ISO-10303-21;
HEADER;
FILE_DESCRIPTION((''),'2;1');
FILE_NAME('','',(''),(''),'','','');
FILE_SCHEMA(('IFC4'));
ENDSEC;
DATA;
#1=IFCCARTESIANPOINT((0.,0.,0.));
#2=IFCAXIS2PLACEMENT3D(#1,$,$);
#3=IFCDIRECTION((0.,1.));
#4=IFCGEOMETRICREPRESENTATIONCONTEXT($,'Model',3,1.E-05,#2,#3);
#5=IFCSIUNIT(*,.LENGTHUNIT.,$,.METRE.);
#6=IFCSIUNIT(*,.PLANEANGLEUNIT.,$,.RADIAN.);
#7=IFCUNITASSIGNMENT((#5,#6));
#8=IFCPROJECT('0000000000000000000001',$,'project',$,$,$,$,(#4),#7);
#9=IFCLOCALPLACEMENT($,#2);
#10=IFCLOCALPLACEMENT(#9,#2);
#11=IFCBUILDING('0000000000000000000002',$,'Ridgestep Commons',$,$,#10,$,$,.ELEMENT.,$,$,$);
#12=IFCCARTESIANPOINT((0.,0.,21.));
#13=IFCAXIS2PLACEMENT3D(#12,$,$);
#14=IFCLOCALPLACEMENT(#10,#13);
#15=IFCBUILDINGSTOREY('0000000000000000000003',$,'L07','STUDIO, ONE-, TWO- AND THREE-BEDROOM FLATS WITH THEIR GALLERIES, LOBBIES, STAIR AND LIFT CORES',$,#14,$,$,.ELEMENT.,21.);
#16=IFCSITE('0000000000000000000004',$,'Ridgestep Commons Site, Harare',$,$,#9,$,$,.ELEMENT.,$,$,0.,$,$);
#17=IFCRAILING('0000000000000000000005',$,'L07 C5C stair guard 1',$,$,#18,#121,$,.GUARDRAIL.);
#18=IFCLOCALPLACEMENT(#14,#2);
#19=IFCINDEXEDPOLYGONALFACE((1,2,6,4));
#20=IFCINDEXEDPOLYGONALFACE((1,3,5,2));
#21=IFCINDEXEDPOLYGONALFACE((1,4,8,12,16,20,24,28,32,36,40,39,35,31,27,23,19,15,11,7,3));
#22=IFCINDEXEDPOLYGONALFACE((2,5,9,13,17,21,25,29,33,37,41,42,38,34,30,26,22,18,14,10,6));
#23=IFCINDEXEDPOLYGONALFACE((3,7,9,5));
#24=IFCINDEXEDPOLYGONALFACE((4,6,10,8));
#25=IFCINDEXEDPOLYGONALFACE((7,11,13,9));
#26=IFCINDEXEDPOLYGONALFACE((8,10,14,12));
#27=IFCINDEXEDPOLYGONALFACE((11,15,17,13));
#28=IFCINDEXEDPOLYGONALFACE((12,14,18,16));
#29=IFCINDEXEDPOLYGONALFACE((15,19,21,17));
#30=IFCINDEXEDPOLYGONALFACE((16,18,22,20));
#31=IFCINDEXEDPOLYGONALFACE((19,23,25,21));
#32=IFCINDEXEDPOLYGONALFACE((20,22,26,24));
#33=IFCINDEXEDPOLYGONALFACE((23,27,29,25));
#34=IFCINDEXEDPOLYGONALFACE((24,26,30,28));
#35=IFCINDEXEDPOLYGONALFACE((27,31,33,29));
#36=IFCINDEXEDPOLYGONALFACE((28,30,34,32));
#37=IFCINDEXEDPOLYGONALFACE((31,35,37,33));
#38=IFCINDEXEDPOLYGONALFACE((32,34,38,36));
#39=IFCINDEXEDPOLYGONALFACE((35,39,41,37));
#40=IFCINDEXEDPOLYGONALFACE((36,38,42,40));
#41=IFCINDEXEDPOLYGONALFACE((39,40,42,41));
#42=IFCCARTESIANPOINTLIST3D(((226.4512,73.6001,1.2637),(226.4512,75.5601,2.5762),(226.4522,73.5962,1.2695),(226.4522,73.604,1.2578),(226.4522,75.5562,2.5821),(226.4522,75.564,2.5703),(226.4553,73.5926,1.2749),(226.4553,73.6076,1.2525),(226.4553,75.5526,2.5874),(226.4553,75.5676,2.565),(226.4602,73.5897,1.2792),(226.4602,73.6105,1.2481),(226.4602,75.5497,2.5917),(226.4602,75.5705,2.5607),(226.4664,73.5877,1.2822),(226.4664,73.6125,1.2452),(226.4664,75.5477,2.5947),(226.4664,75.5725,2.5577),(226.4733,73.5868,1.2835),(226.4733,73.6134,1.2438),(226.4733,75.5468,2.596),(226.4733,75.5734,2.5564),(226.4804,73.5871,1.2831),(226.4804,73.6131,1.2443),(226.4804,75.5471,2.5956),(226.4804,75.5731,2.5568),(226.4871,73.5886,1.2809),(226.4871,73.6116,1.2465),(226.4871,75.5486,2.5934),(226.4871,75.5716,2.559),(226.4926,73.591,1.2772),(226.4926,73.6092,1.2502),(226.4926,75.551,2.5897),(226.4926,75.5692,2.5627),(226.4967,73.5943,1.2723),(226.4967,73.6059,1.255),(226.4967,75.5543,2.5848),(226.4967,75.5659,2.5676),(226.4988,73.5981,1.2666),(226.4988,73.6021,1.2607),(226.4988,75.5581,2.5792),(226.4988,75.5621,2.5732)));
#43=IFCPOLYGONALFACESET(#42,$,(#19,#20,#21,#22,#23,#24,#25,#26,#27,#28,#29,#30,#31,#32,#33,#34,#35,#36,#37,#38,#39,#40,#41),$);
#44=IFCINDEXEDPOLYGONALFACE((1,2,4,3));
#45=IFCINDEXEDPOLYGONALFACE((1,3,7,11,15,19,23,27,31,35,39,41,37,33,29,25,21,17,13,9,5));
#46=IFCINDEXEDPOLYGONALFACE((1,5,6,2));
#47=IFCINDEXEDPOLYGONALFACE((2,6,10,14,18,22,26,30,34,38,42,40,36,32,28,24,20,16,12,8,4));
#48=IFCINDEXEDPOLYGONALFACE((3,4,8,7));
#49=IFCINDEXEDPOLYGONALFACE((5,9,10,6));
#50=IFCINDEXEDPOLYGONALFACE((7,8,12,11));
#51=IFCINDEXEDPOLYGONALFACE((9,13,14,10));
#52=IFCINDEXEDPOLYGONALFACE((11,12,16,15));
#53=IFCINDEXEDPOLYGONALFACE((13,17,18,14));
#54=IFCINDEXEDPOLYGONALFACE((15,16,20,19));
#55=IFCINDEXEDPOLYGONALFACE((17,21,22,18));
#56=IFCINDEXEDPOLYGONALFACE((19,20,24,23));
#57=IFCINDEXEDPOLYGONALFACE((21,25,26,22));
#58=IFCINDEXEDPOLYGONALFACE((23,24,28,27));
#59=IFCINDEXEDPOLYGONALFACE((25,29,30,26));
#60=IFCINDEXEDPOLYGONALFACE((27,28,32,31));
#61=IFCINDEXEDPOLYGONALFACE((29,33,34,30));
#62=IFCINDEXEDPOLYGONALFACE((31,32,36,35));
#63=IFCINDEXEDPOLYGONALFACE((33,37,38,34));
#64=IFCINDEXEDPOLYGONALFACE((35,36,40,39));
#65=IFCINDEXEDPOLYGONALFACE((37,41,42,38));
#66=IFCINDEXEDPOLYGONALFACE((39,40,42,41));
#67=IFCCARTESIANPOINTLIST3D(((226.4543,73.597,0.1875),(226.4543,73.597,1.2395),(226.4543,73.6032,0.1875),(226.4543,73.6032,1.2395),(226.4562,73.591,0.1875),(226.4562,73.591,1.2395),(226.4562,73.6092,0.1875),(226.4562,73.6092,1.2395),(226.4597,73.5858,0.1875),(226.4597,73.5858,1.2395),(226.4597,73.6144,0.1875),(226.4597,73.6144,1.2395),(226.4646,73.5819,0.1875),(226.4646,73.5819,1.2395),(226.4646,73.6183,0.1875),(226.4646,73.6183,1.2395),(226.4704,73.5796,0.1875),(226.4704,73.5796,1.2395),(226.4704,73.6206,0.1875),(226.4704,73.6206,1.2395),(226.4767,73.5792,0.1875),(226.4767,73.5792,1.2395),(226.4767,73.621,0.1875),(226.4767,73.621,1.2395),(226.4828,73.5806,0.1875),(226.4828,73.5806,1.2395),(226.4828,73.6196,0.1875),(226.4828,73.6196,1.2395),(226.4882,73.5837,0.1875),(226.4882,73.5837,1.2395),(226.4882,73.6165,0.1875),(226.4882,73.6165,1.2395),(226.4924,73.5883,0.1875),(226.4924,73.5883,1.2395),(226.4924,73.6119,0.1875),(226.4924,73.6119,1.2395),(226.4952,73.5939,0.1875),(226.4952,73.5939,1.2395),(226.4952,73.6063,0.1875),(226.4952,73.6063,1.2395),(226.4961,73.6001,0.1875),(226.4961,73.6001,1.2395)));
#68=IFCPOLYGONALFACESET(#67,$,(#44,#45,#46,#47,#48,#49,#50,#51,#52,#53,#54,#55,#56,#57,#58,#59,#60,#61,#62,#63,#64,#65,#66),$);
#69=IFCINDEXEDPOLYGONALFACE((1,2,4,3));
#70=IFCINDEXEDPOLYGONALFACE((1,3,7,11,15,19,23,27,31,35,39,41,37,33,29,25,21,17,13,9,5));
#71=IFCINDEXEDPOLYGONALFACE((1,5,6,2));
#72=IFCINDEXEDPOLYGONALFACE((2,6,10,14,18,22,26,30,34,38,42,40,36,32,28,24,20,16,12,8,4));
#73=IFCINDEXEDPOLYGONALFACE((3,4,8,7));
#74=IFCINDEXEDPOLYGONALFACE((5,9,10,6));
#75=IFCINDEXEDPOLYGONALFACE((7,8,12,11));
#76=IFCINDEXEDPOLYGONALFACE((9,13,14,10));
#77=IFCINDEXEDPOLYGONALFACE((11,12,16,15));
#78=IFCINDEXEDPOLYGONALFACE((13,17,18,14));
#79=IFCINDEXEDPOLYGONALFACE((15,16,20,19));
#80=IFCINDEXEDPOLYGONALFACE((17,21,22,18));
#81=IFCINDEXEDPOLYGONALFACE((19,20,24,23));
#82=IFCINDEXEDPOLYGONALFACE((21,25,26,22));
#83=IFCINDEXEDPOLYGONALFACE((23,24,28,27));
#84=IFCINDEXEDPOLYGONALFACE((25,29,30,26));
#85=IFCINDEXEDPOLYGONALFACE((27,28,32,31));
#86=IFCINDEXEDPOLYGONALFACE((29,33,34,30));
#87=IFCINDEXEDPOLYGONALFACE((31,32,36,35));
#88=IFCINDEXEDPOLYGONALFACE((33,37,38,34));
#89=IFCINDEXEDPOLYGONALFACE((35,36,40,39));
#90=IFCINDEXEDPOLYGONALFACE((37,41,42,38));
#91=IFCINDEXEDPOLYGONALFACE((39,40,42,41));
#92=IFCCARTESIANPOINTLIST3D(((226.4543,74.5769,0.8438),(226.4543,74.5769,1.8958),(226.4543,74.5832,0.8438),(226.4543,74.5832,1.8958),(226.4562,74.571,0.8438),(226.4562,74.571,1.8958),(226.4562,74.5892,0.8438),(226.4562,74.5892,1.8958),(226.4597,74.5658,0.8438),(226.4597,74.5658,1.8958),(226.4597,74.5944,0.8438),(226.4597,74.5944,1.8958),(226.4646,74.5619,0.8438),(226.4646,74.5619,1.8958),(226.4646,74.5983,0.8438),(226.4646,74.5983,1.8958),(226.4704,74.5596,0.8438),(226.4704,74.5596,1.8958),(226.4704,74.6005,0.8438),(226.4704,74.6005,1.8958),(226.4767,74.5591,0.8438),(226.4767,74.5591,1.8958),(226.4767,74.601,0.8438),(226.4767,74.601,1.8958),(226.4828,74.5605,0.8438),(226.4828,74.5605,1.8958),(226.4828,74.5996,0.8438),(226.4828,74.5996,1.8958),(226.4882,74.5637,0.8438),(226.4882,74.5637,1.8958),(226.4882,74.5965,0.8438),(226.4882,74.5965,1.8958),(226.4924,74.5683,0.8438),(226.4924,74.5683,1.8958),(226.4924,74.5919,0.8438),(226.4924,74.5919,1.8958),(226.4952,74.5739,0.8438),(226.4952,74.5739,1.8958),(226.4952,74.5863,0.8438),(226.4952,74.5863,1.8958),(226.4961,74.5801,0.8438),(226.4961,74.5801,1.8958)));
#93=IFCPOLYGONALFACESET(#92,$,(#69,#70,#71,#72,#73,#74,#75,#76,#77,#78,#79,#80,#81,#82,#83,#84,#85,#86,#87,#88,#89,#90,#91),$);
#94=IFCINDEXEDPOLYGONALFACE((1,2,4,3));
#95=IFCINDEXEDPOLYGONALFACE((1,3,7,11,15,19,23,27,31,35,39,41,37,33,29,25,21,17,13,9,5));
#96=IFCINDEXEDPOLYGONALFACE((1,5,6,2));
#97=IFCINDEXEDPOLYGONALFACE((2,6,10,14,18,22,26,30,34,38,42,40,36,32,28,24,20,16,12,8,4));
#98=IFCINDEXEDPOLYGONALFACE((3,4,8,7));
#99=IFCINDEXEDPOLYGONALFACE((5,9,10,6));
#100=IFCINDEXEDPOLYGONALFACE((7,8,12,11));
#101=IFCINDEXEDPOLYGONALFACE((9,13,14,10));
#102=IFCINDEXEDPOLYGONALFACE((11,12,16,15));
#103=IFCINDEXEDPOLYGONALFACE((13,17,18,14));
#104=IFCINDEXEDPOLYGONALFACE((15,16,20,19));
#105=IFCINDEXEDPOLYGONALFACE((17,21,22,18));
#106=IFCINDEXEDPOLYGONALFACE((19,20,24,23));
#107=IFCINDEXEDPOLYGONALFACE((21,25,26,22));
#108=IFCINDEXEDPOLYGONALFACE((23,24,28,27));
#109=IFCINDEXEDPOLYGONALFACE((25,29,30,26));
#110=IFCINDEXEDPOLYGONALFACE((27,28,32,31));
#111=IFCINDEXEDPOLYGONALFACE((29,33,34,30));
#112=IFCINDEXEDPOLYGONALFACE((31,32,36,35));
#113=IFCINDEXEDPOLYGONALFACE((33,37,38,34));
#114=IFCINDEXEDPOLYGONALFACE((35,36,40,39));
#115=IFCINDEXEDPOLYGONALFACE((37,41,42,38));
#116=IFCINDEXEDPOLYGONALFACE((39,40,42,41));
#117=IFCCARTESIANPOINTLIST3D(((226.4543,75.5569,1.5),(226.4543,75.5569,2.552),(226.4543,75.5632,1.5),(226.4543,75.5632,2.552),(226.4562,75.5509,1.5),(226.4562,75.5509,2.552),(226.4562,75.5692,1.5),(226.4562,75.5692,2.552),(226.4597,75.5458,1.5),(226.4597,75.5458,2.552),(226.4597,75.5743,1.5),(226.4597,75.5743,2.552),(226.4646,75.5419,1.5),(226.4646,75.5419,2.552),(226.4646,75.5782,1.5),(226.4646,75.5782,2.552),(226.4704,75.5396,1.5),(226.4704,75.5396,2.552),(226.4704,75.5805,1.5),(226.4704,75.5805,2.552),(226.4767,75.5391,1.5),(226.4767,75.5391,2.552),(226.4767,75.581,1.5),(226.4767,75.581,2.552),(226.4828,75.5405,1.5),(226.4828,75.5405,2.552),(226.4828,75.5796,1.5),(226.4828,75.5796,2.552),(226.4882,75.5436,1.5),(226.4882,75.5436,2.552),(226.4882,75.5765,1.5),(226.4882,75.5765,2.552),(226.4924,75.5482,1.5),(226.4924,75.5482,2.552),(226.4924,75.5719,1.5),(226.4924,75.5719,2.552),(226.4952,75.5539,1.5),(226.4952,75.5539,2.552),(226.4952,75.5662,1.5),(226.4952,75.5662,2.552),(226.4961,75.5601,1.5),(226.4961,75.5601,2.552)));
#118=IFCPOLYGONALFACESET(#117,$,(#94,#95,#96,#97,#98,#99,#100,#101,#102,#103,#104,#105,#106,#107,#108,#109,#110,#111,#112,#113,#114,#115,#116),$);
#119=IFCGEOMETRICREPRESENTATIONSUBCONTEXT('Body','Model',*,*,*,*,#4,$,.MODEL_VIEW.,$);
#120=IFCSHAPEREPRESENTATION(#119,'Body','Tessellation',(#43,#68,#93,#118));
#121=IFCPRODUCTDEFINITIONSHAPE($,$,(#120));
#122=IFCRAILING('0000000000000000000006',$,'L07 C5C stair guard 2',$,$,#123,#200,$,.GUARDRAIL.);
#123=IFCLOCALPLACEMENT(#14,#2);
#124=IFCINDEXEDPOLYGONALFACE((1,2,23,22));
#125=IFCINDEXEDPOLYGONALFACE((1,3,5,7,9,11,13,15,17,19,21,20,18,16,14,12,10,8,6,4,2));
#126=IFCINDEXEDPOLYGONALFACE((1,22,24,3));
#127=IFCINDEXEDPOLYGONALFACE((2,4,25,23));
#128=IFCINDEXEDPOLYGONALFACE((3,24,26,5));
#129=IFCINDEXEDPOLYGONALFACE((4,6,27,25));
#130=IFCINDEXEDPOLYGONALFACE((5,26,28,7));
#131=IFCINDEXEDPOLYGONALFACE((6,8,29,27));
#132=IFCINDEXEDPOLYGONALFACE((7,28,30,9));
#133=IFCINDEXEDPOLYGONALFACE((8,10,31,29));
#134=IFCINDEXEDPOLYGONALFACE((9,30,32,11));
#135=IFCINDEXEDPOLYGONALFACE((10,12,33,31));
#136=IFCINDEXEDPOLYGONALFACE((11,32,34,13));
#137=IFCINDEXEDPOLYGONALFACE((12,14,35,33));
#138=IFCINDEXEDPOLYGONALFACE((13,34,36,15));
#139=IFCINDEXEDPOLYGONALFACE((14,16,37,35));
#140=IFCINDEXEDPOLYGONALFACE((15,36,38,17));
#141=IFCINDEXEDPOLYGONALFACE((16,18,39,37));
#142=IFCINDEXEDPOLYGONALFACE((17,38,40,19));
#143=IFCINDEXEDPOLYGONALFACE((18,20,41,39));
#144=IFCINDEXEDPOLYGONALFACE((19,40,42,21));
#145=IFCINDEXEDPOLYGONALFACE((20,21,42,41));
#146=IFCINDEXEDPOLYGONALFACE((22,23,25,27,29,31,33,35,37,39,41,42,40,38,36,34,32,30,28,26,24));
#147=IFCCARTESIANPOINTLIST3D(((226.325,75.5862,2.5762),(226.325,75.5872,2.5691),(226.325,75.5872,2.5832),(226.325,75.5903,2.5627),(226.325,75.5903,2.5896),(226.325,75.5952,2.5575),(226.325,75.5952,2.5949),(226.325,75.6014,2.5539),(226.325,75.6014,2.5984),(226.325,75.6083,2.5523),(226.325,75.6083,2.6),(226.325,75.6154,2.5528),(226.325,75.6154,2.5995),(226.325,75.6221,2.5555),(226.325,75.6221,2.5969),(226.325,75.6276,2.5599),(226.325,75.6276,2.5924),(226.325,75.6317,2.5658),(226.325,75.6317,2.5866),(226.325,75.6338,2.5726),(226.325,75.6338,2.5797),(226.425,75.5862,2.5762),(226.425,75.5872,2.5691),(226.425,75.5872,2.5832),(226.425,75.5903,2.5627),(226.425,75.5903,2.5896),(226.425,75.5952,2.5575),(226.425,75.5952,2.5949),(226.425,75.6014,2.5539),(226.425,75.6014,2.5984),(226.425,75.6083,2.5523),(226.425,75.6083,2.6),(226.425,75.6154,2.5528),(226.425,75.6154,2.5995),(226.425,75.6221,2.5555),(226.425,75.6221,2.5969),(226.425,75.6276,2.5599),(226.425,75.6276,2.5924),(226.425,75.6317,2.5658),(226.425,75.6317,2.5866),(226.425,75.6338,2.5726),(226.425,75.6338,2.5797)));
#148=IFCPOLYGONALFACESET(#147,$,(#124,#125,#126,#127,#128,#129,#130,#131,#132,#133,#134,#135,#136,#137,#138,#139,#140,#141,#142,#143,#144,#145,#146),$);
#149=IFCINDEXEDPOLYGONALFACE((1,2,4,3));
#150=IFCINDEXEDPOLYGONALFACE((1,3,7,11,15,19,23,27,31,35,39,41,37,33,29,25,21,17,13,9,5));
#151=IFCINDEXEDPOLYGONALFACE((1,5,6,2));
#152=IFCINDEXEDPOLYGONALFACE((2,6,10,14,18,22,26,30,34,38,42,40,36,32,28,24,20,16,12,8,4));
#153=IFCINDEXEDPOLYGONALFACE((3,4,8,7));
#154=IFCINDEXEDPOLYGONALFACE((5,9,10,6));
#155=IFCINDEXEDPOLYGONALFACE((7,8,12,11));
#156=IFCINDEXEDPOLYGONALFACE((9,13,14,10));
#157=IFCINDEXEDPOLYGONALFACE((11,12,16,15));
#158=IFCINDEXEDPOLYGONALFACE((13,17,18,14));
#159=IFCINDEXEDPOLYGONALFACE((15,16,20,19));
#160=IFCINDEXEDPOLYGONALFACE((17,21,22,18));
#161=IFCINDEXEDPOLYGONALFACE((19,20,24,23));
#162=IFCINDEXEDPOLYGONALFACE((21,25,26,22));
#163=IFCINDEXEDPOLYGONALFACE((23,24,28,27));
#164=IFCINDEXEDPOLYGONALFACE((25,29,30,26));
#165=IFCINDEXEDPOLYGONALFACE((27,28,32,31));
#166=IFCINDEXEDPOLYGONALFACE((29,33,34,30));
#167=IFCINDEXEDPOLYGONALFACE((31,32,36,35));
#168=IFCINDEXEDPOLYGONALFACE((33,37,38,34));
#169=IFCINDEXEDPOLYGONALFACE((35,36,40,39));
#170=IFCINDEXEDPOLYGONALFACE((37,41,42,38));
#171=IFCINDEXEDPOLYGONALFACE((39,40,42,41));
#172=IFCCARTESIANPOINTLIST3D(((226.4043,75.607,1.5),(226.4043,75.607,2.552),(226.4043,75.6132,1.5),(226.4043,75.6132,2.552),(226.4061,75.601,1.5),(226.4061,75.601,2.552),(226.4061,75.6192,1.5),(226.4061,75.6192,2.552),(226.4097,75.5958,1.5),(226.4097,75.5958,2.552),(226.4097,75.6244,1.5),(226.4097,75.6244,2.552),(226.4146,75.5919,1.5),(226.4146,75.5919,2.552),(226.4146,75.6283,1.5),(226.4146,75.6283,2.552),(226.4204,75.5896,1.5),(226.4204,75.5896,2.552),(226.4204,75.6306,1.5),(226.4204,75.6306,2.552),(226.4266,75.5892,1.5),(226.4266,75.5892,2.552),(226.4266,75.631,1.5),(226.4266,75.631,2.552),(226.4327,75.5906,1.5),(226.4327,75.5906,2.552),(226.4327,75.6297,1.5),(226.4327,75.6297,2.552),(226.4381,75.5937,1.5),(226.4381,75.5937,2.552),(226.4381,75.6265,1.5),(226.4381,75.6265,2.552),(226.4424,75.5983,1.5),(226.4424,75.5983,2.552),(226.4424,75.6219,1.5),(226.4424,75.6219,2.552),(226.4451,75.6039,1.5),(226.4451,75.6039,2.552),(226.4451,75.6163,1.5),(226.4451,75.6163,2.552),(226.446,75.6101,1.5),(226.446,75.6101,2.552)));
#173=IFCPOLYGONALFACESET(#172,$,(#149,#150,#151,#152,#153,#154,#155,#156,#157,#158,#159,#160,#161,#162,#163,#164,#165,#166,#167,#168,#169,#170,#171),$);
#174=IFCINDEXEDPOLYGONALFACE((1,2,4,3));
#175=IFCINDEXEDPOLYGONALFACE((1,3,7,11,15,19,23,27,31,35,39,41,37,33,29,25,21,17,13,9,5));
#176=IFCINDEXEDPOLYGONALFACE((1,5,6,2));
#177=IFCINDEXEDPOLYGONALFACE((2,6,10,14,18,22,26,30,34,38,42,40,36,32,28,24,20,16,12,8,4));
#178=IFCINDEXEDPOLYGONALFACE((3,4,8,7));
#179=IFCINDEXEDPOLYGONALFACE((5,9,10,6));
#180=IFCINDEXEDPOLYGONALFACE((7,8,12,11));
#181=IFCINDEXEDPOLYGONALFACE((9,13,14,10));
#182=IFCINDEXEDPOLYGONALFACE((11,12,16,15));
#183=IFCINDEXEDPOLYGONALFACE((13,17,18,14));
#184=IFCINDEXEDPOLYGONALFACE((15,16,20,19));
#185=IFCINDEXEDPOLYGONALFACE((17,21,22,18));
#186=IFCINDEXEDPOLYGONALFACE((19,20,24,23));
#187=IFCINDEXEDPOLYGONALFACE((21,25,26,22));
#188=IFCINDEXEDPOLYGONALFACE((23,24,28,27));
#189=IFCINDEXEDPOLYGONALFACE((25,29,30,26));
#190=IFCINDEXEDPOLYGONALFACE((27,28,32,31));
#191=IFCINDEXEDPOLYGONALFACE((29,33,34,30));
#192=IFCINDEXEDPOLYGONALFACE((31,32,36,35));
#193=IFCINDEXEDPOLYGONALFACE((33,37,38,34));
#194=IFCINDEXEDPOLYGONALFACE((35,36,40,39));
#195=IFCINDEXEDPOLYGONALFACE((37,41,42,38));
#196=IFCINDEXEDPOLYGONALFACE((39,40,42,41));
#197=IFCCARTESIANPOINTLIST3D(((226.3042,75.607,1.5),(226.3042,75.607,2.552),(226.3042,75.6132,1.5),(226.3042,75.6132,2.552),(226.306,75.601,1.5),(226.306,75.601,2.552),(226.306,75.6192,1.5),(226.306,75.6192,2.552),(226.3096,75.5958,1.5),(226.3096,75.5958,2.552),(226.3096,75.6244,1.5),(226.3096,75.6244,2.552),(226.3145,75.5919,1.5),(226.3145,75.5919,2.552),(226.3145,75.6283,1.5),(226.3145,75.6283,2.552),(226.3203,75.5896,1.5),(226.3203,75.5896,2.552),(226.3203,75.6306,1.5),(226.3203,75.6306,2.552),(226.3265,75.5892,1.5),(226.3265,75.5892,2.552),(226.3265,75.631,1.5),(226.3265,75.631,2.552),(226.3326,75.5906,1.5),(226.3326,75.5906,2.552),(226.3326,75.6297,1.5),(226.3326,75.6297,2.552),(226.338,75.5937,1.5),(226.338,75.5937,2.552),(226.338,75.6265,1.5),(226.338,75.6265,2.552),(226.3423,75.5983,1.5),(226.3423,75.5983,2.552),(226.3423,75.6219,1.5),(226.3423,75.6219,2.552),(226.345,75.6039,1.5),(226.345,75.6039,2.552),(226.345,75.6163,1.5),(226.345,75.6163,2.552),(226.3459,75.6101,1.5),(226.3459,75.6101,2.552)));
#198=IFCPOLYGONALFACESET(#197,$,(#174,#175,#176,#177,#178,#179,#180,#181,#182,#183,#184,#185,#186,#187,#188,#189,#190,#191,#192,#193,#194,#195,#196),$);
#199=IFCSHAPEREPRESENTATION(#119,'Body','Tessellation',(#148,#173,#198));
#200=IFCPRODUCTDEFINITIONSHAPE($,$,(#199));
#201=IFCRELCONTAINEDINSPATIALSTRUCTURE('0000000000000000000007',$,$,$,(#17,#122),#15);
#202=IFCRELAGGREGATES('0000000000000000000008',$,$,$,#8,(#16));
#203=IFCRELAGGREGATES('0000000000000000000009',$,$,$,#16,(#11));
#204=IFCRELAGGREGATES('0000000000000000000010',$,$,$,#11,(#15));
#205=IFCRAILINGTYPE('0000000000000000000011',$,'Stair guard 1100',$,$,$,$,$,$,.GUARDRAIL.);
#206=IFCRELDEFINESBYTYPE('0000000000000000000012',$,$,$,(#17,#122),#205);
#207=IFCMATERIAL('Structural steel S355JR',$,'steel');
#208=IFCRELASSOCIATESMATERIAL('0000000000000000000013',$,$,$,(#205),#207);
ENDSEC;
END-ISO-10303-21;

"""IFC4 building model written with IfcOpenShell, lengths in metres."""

from ifc_helpers import new_model, si_unit, direction, frame, origin, origin_2d, place, context, subcontext, project, spatial, circle, extrude, material, type_object, element, save


model = new_model("IFC4")

# Units and contexts
model_context = context("Model", 3, precision=1e-05, world=origin(), true_north=direction((0.0, 1.0)))
body_context = subcontext(model_context, "Body", "Model", "MODEL_VIEW")
ifc_project = project(units=[si_unit("LENGTHUNIT", "METRE"), si_unit("PLANEANGLEUNIT", "RADIAN")], contexts=[model_context])

# Site, building, storey
site_placement = place(None, origin())
site = spatial("IfcSite", under=ifc_project, at=site_placement, Name="Ridgestep Commons Site, Harare", CompositionType="ELEMENT", RefElevation=0.0)
building_placement = place(site_placement, origin())
building = spatial("IfcBuilding", under=site, at=building_placement, Name="Ridgestep Commons", CompositionType="ELEMENT")
storey_placement = place(building_placement, frame((0.0, 0.0, 21.0)))
storey = spatial("IfcBuildingStorey", under=building, at=storey_placement, Name="L07", Description="STUDIO, ONE-, TWO- AND THREE-BEDROOM FLATS WITH THEIR GALLERIES, LOBBIES, STAIR AND LIFT CORES", CompositionType="ELEMENT", Elevation=21.0)

# Railings
ifc_material_1 = material(Name="Structural steel S355JR", Category="steel")
railing_type_1 = type_object("IfcRailingType", Name="Stair guard 1100", PredefinedType="GUARDRAIL", material=ifc_material_1)
railing_1_placement = place(storey_placement, frame((226.4751, 73.6001, 0.1875)))
element("IfcRailing", 1, at=railing_1_placement, inside=storey, type_object=railing_type_1, Name="L07 C5C stair guard 1", PredefinedType="GUARDRAIL", context=body_context, shape_type="SweptSolid", body=[
    extrude(circle(Radius=0.0239, at=origin_2d()), frame((0.0, 0.0, 1.0762), z_axis=(0.0, 0.830902, 0.556419), x_axis=(-1.0, 0.0, 0.0)), (0.0, 0.0, 1.0), 2.3589),
    extrude(circle(Radius=0.021, at=origin_2d()), origin(), (0.0, 0.0, 1.0), 1.052),
    extrude(circle(Radius=0.021, at=origin_2d()), frame((0.0, 0.98, 0.6562)), (0.0, 0.0, 1.0), 1.052),
    extrude(circle(Radius=0.021, at=origin_2d()), frame((0.0, 1.96, 1.3125)), (0.0, 0.0, 1.0), 1.052),
])
railing_2_placement = place(storey_placement, frame((226.425, 75.6101, 1.5)))
element("IfcRailing", 2, at=railing_2_placement, inside=storey, type_object=railing_type_1, Name="L07 C5C stair guard 2", PredefinedType="GUARDRAIL", context=body_context, shape_type="SweptSolid", body=[
    extrude(circle(Radius=0.0239, at=origin_2d()), frame((0.0, 0.0, 1.0762), z_axis=(-1.0, 0.0, 0.0), x_axis=(0.0, -1.0, 0.0)), (0.0, 0.0, 1.0), 0.1001),
    extrude(circle(Radius=0.021, at=origin_2d()), origin(), (0.0, 0.0, 1.0), 1.052),
    extrude(circle(Radius=0.021, at=origin_2d()), frame((-0.1001, 0.0, 0.0)), (0.0, 0.0, 1.0), 1.052),
])

save(model, "model.ifc")
